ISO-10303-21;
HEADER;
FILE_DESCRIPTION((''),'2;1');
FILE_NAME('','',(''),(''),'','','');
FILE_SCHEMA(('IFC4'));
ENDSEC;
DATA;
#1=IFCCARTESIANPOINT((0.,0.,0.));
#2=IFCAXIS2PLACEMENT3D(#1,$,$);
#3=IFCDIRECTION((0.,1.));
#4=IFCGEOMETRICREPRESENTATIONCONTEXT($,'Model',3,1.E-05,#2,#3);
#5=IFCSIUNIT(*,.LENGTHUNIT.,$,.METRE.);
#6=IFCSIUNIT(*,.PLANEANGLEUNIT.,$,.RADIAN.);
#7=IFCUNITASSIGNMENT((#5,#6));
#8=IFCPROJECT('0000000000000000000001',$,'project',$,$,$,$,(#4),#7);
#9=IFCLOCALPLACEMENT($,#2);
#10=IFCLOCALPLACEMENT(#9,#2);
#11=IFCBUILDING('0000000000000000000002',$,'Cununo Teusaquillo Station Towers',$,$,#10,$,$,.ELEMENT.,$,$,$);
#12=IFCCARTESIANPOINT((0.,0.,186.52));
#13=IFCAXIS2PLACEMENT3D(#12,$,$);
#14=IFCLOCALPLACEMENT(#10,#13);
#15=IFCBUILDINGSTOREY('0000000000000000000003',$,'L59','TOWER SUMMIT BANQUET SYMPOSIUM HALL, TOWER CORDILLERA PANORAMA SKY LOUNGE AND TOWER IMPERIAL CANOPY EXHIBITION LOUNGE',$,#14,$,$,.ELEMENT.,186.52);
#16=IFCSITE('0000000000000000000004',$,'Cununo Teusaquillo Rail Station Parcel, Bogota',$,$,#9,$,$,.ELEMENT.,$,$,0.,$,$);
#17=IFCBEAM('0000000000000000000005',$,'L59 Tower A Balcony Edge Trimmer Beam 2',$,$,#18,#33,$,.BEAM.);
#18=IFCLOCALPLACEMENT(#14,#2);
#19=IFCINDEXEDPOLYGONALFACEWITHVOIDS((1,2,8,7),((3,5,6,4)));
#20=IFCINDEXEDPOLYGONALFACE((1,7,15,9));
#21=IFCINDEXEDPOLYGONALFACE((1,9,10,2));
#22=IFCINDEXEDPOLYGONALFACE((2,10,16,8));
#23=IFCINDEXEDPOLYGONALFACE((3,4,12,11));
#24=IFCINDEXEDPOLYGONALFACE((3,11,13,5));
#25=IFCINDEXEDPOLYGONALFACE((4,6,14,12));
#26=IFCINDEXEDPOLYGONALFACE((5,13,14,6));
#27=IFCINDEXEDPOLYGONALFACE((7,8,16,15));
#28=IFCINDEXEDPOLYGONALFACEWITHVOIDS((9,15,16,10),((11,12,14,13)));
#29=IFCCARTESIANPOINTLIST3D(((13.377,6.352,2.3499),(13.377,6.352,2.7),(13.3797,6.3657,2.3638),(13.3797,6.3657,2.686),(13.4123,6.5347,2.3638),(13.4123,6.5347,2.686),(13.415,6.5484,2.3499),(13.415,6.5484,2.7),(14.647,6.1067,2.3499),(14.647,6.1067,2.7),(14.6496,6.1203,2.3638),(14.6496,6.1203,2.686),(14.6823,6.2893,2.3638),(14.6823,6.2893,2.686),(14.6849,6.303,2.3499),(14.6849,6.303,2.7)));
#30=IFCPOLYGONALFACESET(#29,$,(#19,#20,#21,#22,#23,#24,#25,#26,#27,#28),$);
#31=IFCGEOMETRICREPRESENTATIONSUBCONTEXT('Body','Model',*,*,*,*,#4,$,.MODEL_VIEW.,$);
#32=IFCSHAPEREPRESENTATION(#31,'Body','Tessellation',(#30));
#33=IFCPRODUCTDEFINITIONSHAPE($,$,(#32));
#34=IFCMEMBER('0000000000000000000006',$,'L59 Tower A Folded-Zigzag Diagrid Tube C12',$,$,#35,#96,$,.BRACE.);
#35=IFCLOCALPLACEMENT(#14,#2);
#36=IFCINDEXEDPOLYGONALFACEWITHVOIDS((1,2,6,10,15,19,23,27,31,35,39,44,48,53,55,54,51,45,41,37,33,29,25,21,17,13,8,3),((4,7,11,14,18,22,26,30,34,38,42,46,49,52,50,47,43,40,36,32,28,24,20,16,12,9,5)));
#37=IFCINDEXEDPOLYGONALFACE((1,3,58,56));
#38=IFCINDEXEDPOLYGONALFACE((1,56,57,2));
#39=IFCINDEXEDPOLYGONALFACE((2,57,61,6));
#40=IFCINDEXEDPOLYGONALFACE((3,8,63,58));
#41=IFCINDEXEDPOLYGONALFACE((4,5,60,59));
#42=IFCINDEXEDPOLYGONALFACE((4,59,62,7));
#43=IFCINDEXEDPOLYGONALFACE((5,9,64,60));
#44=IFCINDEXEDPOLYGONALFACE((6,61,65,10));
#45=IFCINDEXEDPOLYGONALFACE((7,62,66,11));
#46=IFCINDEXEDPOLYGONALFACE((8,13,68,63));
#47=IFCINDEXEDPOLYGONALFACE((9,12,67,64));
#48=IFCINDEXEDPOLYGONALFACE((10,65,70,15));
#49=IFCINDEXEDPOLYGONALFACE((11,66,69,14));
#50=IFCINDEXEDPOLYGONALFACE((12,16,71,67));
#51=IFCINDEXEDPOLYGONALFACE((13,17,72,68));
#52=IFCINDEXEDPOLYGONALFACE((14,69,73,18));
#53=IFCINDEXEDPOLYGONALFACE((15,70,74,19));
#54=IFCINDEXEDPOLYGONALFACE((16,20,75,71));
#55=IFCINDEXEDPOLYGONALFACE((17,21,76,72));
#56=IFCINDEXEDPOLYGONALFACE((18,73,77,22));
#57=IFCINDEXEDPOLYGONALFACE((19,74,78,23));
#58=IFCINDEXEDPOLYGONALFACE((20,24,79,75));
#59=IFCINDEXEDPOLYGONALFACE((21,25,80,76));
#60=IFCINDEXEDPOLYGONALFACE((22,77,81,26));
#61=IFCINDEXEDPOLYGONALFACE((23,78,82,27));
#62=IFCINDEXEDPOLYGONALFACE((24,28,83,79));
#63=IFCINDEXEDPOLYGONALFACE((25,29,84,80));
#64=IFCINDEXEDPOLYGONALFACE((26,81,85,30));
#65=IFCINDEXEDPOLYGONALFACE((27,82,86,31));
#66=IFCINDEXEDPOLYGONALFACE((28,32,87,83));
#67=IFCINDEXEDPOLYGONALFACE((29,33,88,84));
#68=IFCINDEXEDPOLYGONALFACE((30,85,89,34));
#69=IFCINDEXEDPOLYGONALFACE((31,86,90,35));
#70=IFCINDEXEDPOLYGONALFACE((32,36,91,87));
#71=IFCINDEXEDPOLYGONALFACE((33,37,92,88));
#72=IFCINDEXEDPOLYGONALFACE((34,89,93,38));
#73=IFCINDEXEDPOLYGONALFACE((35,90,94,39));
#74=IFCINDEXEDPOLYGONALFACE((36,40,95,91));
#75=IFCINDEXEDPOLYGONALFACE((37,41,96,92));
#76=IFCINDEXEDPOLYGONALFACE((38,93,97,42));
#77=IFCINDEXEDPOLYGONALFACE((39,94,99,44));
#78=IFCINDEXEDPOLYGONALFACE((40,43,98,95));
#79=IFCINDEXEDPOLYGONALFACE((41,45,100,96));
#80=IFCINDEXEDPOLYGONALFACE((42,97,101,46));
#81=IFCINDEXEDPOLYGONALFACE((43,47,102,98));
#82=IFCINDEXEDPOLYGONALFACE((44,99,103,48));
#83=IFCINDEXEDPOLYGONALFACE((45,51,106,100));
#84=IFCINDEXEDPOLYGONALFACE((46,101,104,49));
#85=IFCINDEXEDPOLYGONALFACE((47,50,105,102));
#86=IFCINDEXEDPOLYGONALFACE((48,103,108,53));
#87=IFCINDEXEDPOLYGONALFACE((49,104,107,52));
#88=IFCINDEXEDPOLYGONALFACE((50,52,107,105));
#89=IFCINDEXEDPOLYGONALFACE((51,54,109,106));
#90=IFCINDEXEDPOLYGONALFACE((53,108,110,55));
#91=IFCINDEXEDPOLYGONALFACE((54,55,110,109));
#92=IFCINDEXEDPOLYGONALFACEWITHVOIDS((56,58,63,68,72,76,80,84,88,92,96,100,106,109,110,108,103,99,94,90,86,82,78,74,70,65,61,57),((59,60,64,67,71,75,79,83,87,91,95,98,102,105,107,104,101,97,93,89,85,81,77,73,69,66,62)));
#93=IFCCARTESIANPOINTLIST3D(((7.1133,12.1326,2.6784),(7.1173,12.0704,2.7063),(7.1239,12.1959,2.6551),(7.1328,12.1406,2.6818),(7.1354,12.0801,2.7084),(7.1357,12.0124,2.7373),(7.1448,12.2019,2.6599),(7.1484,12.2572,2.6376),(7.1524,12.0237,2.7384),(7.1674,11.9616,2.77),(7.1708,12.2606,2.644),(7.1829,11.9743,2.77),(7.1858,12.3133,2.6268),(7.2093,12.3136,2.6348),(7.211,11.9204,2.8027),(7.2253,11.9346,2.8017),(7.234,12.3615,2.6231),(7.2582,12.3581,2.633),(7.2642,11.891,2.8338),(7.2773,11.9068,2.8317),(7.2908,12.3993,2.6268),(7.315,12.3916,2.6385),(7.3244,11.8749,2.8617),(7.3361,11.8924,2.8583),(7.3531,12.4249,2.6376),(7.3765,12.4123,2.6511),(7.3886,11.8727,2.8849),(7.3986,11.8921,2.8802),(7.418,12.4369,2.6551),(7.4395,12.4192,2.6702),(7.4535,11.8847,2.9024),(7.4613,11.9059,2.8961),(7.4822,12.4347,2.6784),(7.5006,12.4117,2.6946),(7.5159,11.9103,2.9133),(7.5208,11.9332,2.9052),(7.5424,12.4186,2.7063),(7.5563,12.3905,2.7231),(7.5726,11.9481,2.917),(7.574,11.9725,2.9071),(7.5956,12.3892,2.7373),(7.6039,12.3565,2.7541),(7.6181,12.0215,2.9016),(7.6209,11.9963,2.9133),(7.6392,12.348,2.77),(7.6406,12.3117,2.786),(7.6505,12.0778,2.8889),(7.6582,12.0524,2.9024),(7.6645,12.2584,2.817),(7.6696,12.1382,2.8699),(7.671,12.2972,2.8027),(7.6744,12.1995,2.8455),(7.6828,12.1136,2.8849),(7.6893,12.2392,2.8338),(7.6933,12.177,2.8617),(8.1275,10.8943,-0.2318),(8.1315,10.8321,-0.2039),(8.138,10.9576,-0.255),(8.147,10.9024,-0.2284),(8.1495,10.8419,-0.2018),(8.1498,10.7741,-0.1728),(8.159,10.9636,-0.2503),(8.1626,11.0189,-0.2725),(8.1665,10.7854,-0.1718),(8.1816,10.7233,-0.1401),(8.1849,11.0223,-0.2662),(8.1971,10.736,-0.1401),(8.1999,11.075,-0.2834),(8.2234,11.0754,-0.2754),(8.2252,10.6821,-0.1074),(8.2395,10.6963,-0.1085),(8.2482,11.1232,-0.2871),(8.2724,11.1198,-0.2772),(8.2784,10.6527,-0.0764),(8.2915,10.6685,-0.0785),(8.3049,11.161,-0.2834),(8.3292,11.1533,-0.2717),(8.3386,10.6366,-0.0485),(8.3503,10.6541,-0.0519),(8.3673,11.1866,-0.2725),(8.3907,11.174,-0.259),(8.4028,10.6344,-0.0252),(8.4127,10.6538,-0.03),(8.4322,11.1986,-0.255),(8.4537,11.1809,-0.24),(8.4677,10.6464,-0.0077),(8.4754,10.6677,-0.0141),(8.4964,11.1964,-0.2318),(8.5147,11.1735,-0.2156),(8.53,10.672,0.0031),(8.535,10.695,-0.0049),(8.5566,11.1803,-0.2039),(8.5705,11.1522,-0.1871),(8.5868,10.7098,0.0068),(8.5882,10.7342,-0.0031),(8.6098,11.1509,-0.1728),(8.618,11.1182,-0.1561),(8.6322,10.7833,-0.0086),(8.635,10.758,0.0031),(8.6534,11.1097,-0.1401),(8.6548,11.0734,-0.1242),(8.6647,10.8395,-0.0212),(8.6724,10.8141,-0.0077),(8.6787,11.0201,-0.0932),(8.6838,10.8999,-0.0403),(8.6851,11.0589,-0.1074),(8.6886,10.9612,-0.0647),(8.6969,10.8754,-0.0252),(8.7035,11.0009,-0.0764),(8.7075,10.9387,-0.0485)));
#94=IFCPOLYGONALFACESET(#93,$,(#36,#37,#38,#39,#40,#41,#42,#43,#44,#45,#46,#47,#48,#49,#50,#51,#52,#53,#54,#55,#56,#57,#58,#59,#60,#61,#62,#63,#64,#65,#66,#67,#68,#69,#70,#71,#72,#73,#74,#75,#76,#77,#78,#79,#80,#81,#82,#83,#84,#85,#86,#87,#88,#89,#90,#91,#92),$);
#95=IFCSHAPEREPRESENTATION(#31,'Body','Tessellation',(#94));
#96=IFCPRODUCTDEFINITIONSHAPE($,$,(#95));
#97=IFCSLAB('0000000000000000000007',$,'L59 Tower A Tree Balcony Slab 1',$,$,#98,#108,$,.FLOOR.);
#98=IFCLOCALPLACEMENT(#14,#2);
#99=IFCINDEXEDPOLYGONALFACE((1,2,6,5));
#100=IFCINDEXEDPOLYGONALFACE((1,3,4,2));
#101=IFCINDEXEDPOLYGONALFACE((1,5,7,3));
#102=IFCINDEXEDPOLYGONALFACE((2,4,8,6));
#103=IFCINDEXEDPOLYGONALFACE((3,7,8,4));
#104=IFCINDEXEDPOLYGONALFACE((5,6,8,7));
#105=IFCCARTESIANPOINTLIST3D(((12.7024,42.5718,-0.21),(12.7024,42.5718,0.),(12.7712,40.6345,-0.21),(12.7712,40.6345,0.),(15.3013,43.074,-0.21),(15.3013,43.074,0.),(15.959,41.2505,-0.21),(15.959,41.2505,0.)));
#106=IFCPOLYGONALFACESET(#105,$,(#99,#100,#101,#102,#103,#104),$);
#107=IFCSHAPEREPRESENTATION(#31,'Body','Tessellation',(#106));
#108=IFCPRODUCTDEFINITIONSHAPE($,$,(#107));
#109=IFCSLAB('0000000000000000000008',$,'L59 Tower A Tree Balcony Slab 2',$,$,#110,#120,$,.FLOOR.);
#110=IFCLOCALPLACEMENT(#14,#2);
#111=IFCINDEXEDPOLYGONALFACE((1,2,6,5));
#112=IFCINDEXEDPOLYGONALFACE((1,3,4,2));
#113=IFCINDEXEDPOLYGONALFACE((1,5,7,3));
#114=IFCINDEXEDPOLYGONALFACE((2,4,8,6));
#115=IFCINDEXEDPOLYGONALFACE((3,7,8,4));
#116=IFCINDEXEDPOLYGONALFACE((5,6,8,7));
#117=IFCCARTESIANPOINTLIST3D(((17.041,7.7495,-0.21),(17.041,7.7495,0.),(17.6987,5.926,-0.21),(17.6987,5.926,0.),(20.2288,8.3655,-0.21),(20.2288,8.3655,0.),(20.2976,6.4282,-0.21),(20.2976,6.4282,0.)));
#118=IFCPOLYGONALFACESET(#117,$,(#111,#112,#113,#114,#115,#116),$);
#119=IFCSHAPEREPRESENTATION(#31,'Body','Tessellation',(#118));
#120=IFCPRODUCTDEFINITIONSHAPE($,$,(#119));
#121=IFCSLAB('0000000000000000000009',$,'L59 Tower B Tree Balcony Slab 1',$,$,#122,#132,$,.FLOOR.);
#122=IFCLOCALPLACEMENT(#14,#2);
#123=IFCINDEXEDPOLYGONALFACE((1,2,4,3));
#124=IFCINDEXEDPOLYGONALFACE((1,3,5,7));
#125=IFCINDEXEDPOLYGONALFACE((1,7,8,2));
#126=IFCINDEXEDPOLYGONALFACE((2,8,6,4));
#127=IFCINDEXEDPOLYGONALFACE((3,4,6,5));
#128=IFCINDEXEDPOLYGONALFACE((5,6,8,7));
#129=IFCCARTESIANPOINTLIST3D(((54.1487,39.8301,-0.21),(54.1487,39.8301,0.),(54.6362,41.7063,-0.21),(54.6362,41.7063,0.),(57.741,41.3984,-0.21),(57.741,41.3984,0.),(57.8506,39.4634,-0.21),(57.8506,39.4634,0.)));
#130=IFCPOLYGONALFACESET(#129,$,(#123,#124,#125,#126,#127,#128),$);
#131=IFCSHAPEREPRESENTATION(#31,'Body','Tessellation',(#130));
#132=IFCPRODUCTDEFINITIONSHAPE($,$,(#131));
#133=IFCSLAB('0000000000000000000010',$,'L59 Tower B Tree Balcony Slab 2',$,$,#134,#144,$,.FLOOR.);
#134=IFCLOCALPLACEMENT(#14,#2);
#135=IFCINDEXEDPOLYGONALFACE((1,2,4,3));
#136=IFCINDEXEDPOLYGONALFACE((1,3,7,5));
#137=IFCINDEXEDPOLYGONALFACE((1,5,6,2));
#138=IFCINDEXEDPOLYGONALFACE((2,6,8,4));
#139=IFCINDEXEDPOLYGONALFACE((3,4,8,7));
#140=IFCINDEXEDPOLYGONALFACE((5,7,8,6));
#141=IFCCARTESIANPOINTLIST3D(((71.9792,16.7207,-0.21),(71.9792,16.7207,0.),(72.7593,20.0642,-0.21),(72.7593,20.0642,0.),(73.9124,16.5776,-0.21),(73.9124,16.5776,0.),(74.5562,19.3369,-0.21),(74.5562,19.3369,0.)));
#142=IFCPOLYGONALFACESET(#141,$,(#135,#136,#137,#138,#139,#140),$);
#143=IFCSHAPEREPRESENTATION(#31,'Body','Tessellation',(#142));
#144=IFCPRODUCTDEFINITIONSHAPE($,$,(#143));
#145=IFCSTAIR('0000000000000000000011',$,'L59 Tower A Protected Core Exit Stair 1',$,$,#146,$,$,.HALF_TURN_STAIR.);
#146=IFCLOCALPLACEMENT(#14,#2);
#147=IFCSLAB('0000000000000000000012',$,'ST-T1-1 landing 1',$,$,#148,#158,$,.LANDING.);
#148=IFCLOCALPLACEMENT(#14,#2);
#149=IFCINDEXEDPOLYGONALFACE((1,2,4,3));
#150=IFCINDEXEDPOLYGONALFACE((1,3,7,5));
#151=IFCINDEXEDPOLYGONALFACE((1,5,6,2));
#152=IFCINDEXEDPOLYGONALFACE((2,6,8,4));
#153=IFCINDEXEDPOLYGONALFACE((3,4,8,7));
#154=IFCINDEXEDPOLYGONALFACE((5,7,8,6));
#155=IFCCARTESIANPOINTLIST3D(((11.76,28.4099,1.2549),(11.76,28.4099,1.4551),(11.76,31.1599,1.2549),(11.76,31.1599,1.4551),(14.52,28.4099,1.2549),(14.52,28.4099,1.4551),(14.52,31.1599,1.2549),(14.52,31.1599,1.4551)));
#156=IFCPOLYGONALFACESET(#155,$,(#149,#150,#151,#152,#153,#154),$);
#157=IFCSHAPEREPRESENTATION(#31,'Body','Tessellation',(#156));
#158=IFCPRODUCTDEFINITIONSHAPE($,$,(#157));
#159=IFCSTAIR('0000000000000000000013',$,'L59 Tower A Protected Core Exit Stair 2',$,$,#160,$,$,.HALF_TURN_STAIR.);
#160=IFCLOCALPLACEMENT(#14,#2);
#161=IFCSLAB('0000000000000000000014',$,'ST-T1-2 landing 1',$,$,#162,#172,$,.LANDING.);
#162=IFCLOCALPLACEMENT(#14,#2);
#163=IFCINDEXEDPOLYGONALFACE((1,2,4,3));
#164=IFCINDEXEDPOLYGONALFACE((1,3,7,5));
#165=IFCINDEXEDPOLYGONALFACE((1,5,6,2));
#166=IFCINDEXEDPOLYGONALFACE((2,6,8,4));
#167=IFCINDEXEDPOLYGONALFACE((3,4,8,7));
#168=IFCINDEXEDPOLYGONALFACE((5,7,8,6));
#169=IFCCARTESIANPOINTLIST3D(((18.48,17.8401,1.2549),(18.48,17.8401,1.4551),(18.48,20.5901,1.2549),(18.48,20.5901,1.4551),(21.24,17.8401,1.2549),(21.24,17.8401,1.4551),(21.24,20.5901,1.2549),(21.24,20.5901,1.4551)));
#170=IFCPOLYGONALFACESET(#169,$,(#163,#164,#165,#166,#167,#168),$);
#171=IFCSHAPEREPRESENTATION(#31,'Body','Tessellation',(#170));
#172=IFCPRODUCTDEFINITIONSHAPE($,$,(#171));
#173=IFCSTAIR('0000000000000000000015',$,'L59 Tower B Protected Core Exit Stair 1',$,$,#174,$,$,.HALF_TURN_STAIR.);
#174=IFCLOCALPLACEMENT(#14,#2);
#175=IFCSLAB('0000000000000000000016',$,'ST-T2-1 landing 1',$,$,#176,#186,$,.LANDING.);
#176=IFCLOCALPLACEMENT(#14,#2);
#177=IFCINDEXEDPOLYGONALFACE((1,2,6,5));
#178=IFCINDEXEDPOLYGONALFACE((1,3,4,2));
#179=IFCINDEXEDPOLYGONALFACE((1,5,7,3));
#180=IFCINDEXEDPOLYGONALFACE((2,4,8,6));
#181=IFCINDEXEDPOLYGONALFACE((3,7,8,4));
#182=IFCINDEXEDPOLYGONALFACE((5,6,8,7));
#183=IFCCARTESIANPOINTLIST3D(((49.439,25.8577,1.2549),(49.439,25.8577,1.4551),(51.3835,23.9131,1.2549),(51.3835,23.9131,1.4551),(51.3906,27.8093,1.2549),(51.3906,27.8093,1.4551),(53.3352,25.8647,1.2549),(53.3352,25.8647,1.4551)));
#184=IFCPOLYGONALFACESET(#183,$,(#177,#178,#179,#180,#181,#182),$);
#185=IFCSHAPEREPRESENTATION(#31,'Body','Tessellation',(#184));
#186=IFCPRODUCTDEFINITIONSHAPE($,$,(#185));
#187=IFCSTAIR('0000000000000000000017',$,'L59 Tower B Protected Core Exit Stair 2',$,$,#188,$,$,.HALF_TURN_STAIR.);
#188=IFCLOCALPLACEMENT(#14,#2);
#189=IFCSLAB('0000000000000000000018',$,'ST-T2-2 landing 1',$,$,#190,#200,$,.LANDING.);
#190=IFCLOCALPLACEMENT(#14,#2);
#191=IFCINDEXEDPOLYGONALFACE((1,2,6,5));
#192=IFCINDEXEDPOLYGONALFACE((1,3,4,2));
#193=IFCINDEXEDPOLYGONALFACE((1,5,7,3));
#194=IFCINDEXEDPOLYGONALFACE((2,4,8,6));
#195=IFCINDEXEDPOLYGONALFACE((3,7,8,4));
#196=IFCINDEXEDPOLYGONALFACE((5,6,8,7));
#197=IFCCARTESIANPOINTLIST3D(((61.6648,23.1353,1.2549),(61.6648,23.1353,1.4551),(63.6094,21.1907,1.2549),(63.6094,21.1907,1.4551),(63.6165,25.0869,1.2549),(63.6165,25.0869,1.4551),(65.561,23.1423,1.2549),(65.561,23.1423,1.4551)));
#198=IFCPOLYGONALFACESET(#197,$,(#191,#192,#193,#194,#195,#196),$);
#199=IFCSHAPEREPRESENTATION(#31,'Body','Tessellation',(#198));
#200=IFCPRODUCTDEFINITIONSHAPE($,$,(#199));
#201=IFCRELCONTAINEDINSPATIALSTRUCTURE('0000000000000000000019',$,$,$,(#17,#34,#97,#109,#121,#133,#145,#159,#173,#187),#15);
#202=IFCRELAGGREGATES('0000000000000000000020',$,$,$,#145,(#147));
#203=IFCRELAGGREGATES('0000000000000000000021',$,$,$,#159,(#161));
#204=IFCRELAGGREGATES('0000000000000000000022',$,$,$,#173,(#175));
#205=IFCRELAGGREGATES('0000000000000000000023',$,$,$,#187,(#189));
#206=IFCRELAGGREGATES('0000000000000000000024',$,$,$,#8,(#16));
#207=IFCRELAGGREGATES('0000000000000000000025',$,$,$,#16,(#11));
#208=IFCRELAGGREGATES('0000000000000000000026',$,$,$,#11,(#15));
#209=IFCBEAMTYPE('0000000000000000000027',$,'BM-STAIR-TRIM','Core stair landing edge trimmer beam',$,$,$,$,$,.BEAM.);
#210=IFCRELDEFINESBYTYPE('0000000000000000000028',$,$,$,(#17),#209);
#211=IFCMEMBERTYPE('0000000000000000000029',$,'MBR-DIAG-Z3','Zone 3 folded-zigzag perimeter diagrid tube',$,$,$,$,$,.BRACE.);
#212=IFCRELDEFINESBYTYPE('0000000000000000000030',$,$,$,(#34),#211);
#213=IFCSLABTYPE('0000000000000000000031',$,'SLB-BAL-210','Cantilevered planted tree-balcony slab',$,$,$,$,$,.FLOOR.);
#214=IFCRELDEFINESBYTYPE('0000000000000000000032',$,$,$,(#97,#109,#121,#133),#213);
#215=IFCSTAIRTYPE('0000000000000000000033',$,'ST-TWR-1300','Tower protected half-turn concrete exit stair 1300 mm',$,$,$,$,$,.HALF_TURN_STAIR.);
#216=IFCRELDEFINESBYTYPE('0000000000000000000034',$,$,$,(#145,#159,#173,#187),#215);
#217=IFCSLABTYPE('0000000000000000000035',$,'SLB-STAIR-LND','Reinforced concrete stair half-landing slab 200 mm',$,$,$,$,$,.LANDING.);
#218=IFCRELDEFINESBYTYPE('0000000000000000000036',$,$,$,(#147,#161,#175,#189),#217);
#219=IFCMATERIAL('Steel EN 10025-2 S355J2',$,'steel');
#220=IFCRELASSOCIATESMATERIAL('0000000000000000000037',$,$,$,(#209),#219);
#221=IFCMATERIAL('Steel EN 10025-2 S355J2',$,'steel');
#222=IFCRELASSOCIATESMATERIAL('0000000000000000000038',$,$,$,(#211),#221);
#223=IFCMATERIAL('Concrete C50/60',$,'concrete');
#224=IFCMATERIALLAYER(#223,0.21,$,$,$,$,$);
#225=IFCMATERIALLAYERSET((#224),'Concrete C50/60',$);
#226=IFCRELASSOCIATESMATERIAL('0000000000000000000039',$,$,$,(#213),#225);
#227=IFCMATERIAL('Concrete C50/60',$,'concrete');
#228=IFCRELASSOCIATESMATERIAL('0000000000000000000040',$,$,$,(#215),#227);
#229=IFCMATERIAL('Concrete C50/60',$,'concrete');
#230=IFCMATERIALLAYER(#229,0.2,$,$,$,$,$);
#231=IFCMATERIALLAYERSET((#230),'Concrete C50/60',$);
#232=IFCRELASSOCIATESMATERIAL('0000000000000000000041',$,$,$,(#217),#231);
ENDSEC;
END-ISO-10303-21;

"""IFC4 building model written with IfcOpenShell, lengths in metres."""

from ifc_helpers import new_model, si_unit, direction, frame, origin, origin_2d, place, context, subcontext, project, spatial, polyline, hollow_rectangle, hollow_circle, outline, extrude, material, layer, layer_set, material_profile, profile_set, type_object, element, aggregate, save


model = new_model("IFC4")

# Units and contexts
model_context = context("Model", 3, precision=1e-05, world=origin(), true_north=direction((0.0, 1.0)))
body_context = subcontext(model_context, "Body", "Model", "MODEL_VIEW")
ifc_project = project(units=[si_unit("LENGTHUNIT", "METRE"), si_unit("PLANEANGLEUNIT", "RADIAN")], contexts=[model_context])

# Site, building, storey
site_placement = place(None, origin())
site = spatial("IfcSite", under=ifc_project, at=site_placement, Name="Cununo Teusaquillo Rail Station Parcel, Bogota", CompositionType="ELEMENT", RefElevation=0.0)
building_placement = place(site_placement, origin())
building = spatial("IfcBuilding", under=site, at=building_placement, Name="Cununo Teusaquillo Station Towers", CompositionType="ELEMENT")
storey_placement = place(building_placement, frame((0.0, 0.0, 186.52)))
storey = spatial("IfcBuildingStorey", under=building, at=storey_placement, Name="L59", Description="TOWER SUMMIT BANQUET SYMPOSIUM HALL, TOWER CORDILLERA PANORAMA SKY LOUNGE AND TOWER IMPERIAL CANOPY EXHIBITION LOUNGE", CompositionType="ELEMENT", Elevation=186.52)

# Beam
ifc_material_1 = material(Name="Steel EN 10025-2 S355J2", Category="steel")
ifc_material_profile_1 = material_profile(ifc_material_1, hollow_rectangle(XDim=0.2, YDim=0.3501, WallThickness=0.0139, at=origin_2d()), Name="RHS 350x200x14")
ifc_profile_set_1 = profile_set([ifc_material_profile_1], Name="Steel EN 10025-2 S355J2")
beam_type_1 = type_object("IfcBeamType", Name="BM-STAIR-TRIM", Description="Core stair landing edge trimmer beam", PredefinedType="BEAM", material=ifc_profile_set_1)
beam_1_placement = place(storey_placement, frame((13.396, 6.4502, 2.5249), z_axis=(0.981845, -0.189687, 0.0), x_axis=(0.189687, 0.981845, 0.0)))
element("IfcBeam", 1, at=beam_1_placement, inside=storey, type_object=beam_type_1, Name="L59 Tower A Balcony Edge Trimmer Beam 2", PredefinedType="BEAM", context=body_context, shape_type="SweptSolid", body=[
    extrude(hollow_rectangle(XDim=0.2, YDim=0.3501, WallThickness=0.0139, at=origin_2d()), origin(), (0.0, 0.0, 1.0), 1.2935),
])

# Member
ifc_material_2 = material(Name="Steel EN 10025-2 S355J2", Category="steel")
ifc_material_profile_2 = material_profile(ifc_material_2, hollow_circle(Radius=0.3049, WallThickness=0.02, at=origin_2d()), Name="CHS 610x20")
ifc_profile_set_2 = profile_set([ifc_material_profile_2], Name="Steel EN 10025-2 S355J2")
member_type = type_object("IfcMemberType", Name="MBR-DIAG-Z3", Description="Zone 3 folded-zigzag perimeter diagrid tube", PredefinedType="BRACE", material=ifc_profile_set_2)
member_placement = place(storey_placement, frame((8.4175, 10.9165, -0.1401), z_axis=(-0.305353, 0.372833, 0.876216), x_axis=(-0.773645, -0.63362, 0.0)))
element("IfcMember", 2, at=member_placement, inside=storey, type_object=member_type, Name="L59 Tower A Folded-Zigzag Diagrid Tube C12", PredefinedType="BRACE", context=body_context, shape_type="SweptSolid", body=[
    extrude(hollow_circle(Radius=0.3049, WallThickness=0.02, at=origin_2d()), origin(), (0.0, 0.0, 1.0), 3.3213),
])

# Slabs
ifc_material_3 = material(Name="Concrete C50/60", Category="concrete")
ifc_layer_1 = layer(ifc_material_3, 0.21)
ifc_layer_set_1 = layer_set([ifc_layer_1], Name="Concrete C50/60")
slab_type_1 = type_object("IfcSlabType", Name="SLB-BAL-210", Description="Cantilevered planted tree-balcony slab", PredefinedType="FLOOR", material=ifc_layer_set_1)
slab_1_placement = place(storey_placement, frame((0.0, 0.0, -0.21)))
element("IfcSlab", 3, at=slab_1_placement, inside=storey, type_object=slab_type_1, Name="L59 Tower A Tree Balcony Slab 1", PredefinedType="FLOOR", context=body_context, shape_type="SweptSolid", body=[
    extrude(outline(polyline([(15.959, 41.2505), (12.7712, 40.6345), (12.7024, 42.5718), (15.3013, 43.074), (15.959, 41.2505)])), origin(), (0.0, 0.0, 1.0), 0.21),
])
slab_2_placement = place(storey_placement, frame((0.0, 0.0, -0.21)))
element("IfcSlab", 4, at=slab_2_placement, inside=storey, type_object=slab_type_1, Name="L59 Tower A Tree Balcony Slab 2", PredefinedType="FLOOR", context=body_context, shape_type="SweptSolid", body=[
    extrude(outline(polyline([(17.041, 7.7495), (20.2288, 8.3655), (20.2976, 6.4282), (17.6987, 5.926), (17.041, 7.7495)])), origin(), (0.0, 0.0, 1.0), 0.21),
])
slab_3_placement = place(storey_placement, frame((0.0, 0.0, -0.21)))
element("IfcSlab", 5, at=slab_3_placement, inside=storey, type_object=slab_type_1, Name="L59 Tower B Tree Balcony Slab 1", PredefinedType="FLOOR", context=body_context, shape_type="SweptSolid", body=[
    extrude(outline(polyline([(57.8506, 39.4634), (54.1487, 39.8301), (54.6362, 41.7063), (57.741, 41.3984), (57.8506, 39.4634)])), origin(), (0.0, 0.0, 1.0), 0.21),
])
slab_4_placement = place(storey_placement, frame((0.0, 0.0, -0.21)))
element("IfcSlab", 6, at=slab_4_placement, inside=storey, type_object=slab_type_1, Name="L59 Tower B Tree Balcony Slab 2", PredefinedType="FLOOR", context=body_context, shape_type="SweptSolid", body=[
    extrude(outline(polyline([(71.9792, 16.7207), (72.7593, 20.0642), (74.5562, 19.3369), (73.9124, 16.5776), (71.9792, 16.7207)])), origin(), (0.0, 0.0, 1.0), 0.21),
])

# Stairs, slabs
ifc_material_4 = material(Name="Concrete C50/60", Category="concrete")
stair_type = type_object("IfcStairType", Name="ST-TWR-1300", Description="Tower protected half-turn concrete exit stair 1300 mm", PredefinedType="HALF_TURN_STAIR", material=ifc_material_4)
stair_1_placement = place(storey_placement, origin())
stair_1 = element("IfcStair", 7, at=stair_1_placement, inside=storey, type_object=stair_type, Name="L59 Tower A Protected Core Exit Stair 1", PredefinedType="HALF_TURN_STAIR")
ifc_material_5 = material(Name="Concrete C50/60", Category="concrete")
ifc_layer_2 = layer(ifc_material_5, 0.2)
ifc_layer_set_2 = layer_set([ifc_layer_2], Name="Concrete C50/60")
slab_type_2 = type_object("IfcSlabType", Name="SLB-STAIR-LND", Description="Reinforced concrete stair half-landing slab 200 mm", PredefinedType="LANDING", material=ifc_layer_set_2)
slab_5_placement = place(storey_placement, frame((0.0, 0.0, 1.2549)))
slab_5 = element("IfcSlab", 8, at=slab_5_placement, type_object=slab_type_2, Name="ST-T1-1 landing 1", PredefinedType="LANDING", context=body_context, shape_type="SweptSolid", body=[
    extrude(outline(polyline([(14.52, 28.4099), (14.52, 31.1599), (11.76, 31.1599), (11.76, 28.4099), (14.52, 28.4099)])), origin(), (0.0, 0.0, 1.0), 0.2002),
])
aggregate(stair_1, [slab_5])
stair_2_placement = place(storey_placement, origin())
stair_2 = element("IfcStair", 9, at=stair_2_placement, inside=storey, type_object=stair_type, Name="L59 Tower A Protected Core Exit Stair 2", PredefinedType="HALF_TURN_STAIR")
slab_6_placement = place(storey_placement, frame((0.0, 0.0, 1.2549)))
slab_6 = element("IfcSlab", 10, at=slab_6_placement, type_object=slab_type_2, Name="ST-T1-2 landing 1", PredefinedType="LANDING", context=body_context, shape_type="SweptSolid", body=[
    extrude(outline(polyline([(18.48, 20.5901), (18.48, 17.8401), (21.24, 17.8401), (21.24, 20.5901), (18.48, 20.5901)])), origin(), (0.0, 0.0, 1.0), 0.2002),
])
aggregate(stair_2, [slab_6])
stair_3_placement = place(storey_placement, origin())
stair_3 = element("IfcStair", 11, at=stair_3_placement, inside=storey, type_object=stair_type, Name="L59 Tower B Protected Core Exit Stair 1", PredefinedType="HALF_TURN_STAIR")
slab_7_placement = place(storey_placement, frame((0.0, 0.0, 1.2549)))
slab_7 = element("IfcSlab", 12, at=slab_7_placement, type_object=slab_type_2, Name="ST-T2-1 landing 1", PredefinedType="LANDING", context=body_context, shape_type="SweptSolid", body=[
    extrude(outline(polyline([(53.3352, 25.8647), (51.3906, 27.8093), (49.439, 25.8577), (51.3835, 23.9131), (53.3352, 25.8647)])), origin(), (0.0, 0.0, 1.0), 0.2002),
])
aggregate(stair_3, [slab_7])
stair_4_placement = place(storey_placement, origin())
stair_4 = element("IfcStair", 13, at=stair_4_placement, inside=storey, type_object=stair_type, Name="L59 Tower B Protected Core Exit Stair 2", PredefinedType="HALF_TURN_STAIR")
slab_8_placement = place(storey_placement, frame((0.0, 0.0, 1.2549)))
slab_8 = element("IfcSlab", 14, at=slab_8_placement, type_object=slab_type_2, Name="ST-T2-2 landing 1", PredefinedType="LANDING", context=body_context, shape_type="SweptSolid", body=[
    extrude(outline(polyline([(61.6648, 23.1353), (63.6094, 21.1907), (65.561, 23.1423), (63.6165, 25.0869), (61.6648, 23.1353)])), origin(), (0.0, 0.0, 1.0), 0.2002),
])
aggregate(stair_4, [slab_8])

save(model, "model.ifc")
